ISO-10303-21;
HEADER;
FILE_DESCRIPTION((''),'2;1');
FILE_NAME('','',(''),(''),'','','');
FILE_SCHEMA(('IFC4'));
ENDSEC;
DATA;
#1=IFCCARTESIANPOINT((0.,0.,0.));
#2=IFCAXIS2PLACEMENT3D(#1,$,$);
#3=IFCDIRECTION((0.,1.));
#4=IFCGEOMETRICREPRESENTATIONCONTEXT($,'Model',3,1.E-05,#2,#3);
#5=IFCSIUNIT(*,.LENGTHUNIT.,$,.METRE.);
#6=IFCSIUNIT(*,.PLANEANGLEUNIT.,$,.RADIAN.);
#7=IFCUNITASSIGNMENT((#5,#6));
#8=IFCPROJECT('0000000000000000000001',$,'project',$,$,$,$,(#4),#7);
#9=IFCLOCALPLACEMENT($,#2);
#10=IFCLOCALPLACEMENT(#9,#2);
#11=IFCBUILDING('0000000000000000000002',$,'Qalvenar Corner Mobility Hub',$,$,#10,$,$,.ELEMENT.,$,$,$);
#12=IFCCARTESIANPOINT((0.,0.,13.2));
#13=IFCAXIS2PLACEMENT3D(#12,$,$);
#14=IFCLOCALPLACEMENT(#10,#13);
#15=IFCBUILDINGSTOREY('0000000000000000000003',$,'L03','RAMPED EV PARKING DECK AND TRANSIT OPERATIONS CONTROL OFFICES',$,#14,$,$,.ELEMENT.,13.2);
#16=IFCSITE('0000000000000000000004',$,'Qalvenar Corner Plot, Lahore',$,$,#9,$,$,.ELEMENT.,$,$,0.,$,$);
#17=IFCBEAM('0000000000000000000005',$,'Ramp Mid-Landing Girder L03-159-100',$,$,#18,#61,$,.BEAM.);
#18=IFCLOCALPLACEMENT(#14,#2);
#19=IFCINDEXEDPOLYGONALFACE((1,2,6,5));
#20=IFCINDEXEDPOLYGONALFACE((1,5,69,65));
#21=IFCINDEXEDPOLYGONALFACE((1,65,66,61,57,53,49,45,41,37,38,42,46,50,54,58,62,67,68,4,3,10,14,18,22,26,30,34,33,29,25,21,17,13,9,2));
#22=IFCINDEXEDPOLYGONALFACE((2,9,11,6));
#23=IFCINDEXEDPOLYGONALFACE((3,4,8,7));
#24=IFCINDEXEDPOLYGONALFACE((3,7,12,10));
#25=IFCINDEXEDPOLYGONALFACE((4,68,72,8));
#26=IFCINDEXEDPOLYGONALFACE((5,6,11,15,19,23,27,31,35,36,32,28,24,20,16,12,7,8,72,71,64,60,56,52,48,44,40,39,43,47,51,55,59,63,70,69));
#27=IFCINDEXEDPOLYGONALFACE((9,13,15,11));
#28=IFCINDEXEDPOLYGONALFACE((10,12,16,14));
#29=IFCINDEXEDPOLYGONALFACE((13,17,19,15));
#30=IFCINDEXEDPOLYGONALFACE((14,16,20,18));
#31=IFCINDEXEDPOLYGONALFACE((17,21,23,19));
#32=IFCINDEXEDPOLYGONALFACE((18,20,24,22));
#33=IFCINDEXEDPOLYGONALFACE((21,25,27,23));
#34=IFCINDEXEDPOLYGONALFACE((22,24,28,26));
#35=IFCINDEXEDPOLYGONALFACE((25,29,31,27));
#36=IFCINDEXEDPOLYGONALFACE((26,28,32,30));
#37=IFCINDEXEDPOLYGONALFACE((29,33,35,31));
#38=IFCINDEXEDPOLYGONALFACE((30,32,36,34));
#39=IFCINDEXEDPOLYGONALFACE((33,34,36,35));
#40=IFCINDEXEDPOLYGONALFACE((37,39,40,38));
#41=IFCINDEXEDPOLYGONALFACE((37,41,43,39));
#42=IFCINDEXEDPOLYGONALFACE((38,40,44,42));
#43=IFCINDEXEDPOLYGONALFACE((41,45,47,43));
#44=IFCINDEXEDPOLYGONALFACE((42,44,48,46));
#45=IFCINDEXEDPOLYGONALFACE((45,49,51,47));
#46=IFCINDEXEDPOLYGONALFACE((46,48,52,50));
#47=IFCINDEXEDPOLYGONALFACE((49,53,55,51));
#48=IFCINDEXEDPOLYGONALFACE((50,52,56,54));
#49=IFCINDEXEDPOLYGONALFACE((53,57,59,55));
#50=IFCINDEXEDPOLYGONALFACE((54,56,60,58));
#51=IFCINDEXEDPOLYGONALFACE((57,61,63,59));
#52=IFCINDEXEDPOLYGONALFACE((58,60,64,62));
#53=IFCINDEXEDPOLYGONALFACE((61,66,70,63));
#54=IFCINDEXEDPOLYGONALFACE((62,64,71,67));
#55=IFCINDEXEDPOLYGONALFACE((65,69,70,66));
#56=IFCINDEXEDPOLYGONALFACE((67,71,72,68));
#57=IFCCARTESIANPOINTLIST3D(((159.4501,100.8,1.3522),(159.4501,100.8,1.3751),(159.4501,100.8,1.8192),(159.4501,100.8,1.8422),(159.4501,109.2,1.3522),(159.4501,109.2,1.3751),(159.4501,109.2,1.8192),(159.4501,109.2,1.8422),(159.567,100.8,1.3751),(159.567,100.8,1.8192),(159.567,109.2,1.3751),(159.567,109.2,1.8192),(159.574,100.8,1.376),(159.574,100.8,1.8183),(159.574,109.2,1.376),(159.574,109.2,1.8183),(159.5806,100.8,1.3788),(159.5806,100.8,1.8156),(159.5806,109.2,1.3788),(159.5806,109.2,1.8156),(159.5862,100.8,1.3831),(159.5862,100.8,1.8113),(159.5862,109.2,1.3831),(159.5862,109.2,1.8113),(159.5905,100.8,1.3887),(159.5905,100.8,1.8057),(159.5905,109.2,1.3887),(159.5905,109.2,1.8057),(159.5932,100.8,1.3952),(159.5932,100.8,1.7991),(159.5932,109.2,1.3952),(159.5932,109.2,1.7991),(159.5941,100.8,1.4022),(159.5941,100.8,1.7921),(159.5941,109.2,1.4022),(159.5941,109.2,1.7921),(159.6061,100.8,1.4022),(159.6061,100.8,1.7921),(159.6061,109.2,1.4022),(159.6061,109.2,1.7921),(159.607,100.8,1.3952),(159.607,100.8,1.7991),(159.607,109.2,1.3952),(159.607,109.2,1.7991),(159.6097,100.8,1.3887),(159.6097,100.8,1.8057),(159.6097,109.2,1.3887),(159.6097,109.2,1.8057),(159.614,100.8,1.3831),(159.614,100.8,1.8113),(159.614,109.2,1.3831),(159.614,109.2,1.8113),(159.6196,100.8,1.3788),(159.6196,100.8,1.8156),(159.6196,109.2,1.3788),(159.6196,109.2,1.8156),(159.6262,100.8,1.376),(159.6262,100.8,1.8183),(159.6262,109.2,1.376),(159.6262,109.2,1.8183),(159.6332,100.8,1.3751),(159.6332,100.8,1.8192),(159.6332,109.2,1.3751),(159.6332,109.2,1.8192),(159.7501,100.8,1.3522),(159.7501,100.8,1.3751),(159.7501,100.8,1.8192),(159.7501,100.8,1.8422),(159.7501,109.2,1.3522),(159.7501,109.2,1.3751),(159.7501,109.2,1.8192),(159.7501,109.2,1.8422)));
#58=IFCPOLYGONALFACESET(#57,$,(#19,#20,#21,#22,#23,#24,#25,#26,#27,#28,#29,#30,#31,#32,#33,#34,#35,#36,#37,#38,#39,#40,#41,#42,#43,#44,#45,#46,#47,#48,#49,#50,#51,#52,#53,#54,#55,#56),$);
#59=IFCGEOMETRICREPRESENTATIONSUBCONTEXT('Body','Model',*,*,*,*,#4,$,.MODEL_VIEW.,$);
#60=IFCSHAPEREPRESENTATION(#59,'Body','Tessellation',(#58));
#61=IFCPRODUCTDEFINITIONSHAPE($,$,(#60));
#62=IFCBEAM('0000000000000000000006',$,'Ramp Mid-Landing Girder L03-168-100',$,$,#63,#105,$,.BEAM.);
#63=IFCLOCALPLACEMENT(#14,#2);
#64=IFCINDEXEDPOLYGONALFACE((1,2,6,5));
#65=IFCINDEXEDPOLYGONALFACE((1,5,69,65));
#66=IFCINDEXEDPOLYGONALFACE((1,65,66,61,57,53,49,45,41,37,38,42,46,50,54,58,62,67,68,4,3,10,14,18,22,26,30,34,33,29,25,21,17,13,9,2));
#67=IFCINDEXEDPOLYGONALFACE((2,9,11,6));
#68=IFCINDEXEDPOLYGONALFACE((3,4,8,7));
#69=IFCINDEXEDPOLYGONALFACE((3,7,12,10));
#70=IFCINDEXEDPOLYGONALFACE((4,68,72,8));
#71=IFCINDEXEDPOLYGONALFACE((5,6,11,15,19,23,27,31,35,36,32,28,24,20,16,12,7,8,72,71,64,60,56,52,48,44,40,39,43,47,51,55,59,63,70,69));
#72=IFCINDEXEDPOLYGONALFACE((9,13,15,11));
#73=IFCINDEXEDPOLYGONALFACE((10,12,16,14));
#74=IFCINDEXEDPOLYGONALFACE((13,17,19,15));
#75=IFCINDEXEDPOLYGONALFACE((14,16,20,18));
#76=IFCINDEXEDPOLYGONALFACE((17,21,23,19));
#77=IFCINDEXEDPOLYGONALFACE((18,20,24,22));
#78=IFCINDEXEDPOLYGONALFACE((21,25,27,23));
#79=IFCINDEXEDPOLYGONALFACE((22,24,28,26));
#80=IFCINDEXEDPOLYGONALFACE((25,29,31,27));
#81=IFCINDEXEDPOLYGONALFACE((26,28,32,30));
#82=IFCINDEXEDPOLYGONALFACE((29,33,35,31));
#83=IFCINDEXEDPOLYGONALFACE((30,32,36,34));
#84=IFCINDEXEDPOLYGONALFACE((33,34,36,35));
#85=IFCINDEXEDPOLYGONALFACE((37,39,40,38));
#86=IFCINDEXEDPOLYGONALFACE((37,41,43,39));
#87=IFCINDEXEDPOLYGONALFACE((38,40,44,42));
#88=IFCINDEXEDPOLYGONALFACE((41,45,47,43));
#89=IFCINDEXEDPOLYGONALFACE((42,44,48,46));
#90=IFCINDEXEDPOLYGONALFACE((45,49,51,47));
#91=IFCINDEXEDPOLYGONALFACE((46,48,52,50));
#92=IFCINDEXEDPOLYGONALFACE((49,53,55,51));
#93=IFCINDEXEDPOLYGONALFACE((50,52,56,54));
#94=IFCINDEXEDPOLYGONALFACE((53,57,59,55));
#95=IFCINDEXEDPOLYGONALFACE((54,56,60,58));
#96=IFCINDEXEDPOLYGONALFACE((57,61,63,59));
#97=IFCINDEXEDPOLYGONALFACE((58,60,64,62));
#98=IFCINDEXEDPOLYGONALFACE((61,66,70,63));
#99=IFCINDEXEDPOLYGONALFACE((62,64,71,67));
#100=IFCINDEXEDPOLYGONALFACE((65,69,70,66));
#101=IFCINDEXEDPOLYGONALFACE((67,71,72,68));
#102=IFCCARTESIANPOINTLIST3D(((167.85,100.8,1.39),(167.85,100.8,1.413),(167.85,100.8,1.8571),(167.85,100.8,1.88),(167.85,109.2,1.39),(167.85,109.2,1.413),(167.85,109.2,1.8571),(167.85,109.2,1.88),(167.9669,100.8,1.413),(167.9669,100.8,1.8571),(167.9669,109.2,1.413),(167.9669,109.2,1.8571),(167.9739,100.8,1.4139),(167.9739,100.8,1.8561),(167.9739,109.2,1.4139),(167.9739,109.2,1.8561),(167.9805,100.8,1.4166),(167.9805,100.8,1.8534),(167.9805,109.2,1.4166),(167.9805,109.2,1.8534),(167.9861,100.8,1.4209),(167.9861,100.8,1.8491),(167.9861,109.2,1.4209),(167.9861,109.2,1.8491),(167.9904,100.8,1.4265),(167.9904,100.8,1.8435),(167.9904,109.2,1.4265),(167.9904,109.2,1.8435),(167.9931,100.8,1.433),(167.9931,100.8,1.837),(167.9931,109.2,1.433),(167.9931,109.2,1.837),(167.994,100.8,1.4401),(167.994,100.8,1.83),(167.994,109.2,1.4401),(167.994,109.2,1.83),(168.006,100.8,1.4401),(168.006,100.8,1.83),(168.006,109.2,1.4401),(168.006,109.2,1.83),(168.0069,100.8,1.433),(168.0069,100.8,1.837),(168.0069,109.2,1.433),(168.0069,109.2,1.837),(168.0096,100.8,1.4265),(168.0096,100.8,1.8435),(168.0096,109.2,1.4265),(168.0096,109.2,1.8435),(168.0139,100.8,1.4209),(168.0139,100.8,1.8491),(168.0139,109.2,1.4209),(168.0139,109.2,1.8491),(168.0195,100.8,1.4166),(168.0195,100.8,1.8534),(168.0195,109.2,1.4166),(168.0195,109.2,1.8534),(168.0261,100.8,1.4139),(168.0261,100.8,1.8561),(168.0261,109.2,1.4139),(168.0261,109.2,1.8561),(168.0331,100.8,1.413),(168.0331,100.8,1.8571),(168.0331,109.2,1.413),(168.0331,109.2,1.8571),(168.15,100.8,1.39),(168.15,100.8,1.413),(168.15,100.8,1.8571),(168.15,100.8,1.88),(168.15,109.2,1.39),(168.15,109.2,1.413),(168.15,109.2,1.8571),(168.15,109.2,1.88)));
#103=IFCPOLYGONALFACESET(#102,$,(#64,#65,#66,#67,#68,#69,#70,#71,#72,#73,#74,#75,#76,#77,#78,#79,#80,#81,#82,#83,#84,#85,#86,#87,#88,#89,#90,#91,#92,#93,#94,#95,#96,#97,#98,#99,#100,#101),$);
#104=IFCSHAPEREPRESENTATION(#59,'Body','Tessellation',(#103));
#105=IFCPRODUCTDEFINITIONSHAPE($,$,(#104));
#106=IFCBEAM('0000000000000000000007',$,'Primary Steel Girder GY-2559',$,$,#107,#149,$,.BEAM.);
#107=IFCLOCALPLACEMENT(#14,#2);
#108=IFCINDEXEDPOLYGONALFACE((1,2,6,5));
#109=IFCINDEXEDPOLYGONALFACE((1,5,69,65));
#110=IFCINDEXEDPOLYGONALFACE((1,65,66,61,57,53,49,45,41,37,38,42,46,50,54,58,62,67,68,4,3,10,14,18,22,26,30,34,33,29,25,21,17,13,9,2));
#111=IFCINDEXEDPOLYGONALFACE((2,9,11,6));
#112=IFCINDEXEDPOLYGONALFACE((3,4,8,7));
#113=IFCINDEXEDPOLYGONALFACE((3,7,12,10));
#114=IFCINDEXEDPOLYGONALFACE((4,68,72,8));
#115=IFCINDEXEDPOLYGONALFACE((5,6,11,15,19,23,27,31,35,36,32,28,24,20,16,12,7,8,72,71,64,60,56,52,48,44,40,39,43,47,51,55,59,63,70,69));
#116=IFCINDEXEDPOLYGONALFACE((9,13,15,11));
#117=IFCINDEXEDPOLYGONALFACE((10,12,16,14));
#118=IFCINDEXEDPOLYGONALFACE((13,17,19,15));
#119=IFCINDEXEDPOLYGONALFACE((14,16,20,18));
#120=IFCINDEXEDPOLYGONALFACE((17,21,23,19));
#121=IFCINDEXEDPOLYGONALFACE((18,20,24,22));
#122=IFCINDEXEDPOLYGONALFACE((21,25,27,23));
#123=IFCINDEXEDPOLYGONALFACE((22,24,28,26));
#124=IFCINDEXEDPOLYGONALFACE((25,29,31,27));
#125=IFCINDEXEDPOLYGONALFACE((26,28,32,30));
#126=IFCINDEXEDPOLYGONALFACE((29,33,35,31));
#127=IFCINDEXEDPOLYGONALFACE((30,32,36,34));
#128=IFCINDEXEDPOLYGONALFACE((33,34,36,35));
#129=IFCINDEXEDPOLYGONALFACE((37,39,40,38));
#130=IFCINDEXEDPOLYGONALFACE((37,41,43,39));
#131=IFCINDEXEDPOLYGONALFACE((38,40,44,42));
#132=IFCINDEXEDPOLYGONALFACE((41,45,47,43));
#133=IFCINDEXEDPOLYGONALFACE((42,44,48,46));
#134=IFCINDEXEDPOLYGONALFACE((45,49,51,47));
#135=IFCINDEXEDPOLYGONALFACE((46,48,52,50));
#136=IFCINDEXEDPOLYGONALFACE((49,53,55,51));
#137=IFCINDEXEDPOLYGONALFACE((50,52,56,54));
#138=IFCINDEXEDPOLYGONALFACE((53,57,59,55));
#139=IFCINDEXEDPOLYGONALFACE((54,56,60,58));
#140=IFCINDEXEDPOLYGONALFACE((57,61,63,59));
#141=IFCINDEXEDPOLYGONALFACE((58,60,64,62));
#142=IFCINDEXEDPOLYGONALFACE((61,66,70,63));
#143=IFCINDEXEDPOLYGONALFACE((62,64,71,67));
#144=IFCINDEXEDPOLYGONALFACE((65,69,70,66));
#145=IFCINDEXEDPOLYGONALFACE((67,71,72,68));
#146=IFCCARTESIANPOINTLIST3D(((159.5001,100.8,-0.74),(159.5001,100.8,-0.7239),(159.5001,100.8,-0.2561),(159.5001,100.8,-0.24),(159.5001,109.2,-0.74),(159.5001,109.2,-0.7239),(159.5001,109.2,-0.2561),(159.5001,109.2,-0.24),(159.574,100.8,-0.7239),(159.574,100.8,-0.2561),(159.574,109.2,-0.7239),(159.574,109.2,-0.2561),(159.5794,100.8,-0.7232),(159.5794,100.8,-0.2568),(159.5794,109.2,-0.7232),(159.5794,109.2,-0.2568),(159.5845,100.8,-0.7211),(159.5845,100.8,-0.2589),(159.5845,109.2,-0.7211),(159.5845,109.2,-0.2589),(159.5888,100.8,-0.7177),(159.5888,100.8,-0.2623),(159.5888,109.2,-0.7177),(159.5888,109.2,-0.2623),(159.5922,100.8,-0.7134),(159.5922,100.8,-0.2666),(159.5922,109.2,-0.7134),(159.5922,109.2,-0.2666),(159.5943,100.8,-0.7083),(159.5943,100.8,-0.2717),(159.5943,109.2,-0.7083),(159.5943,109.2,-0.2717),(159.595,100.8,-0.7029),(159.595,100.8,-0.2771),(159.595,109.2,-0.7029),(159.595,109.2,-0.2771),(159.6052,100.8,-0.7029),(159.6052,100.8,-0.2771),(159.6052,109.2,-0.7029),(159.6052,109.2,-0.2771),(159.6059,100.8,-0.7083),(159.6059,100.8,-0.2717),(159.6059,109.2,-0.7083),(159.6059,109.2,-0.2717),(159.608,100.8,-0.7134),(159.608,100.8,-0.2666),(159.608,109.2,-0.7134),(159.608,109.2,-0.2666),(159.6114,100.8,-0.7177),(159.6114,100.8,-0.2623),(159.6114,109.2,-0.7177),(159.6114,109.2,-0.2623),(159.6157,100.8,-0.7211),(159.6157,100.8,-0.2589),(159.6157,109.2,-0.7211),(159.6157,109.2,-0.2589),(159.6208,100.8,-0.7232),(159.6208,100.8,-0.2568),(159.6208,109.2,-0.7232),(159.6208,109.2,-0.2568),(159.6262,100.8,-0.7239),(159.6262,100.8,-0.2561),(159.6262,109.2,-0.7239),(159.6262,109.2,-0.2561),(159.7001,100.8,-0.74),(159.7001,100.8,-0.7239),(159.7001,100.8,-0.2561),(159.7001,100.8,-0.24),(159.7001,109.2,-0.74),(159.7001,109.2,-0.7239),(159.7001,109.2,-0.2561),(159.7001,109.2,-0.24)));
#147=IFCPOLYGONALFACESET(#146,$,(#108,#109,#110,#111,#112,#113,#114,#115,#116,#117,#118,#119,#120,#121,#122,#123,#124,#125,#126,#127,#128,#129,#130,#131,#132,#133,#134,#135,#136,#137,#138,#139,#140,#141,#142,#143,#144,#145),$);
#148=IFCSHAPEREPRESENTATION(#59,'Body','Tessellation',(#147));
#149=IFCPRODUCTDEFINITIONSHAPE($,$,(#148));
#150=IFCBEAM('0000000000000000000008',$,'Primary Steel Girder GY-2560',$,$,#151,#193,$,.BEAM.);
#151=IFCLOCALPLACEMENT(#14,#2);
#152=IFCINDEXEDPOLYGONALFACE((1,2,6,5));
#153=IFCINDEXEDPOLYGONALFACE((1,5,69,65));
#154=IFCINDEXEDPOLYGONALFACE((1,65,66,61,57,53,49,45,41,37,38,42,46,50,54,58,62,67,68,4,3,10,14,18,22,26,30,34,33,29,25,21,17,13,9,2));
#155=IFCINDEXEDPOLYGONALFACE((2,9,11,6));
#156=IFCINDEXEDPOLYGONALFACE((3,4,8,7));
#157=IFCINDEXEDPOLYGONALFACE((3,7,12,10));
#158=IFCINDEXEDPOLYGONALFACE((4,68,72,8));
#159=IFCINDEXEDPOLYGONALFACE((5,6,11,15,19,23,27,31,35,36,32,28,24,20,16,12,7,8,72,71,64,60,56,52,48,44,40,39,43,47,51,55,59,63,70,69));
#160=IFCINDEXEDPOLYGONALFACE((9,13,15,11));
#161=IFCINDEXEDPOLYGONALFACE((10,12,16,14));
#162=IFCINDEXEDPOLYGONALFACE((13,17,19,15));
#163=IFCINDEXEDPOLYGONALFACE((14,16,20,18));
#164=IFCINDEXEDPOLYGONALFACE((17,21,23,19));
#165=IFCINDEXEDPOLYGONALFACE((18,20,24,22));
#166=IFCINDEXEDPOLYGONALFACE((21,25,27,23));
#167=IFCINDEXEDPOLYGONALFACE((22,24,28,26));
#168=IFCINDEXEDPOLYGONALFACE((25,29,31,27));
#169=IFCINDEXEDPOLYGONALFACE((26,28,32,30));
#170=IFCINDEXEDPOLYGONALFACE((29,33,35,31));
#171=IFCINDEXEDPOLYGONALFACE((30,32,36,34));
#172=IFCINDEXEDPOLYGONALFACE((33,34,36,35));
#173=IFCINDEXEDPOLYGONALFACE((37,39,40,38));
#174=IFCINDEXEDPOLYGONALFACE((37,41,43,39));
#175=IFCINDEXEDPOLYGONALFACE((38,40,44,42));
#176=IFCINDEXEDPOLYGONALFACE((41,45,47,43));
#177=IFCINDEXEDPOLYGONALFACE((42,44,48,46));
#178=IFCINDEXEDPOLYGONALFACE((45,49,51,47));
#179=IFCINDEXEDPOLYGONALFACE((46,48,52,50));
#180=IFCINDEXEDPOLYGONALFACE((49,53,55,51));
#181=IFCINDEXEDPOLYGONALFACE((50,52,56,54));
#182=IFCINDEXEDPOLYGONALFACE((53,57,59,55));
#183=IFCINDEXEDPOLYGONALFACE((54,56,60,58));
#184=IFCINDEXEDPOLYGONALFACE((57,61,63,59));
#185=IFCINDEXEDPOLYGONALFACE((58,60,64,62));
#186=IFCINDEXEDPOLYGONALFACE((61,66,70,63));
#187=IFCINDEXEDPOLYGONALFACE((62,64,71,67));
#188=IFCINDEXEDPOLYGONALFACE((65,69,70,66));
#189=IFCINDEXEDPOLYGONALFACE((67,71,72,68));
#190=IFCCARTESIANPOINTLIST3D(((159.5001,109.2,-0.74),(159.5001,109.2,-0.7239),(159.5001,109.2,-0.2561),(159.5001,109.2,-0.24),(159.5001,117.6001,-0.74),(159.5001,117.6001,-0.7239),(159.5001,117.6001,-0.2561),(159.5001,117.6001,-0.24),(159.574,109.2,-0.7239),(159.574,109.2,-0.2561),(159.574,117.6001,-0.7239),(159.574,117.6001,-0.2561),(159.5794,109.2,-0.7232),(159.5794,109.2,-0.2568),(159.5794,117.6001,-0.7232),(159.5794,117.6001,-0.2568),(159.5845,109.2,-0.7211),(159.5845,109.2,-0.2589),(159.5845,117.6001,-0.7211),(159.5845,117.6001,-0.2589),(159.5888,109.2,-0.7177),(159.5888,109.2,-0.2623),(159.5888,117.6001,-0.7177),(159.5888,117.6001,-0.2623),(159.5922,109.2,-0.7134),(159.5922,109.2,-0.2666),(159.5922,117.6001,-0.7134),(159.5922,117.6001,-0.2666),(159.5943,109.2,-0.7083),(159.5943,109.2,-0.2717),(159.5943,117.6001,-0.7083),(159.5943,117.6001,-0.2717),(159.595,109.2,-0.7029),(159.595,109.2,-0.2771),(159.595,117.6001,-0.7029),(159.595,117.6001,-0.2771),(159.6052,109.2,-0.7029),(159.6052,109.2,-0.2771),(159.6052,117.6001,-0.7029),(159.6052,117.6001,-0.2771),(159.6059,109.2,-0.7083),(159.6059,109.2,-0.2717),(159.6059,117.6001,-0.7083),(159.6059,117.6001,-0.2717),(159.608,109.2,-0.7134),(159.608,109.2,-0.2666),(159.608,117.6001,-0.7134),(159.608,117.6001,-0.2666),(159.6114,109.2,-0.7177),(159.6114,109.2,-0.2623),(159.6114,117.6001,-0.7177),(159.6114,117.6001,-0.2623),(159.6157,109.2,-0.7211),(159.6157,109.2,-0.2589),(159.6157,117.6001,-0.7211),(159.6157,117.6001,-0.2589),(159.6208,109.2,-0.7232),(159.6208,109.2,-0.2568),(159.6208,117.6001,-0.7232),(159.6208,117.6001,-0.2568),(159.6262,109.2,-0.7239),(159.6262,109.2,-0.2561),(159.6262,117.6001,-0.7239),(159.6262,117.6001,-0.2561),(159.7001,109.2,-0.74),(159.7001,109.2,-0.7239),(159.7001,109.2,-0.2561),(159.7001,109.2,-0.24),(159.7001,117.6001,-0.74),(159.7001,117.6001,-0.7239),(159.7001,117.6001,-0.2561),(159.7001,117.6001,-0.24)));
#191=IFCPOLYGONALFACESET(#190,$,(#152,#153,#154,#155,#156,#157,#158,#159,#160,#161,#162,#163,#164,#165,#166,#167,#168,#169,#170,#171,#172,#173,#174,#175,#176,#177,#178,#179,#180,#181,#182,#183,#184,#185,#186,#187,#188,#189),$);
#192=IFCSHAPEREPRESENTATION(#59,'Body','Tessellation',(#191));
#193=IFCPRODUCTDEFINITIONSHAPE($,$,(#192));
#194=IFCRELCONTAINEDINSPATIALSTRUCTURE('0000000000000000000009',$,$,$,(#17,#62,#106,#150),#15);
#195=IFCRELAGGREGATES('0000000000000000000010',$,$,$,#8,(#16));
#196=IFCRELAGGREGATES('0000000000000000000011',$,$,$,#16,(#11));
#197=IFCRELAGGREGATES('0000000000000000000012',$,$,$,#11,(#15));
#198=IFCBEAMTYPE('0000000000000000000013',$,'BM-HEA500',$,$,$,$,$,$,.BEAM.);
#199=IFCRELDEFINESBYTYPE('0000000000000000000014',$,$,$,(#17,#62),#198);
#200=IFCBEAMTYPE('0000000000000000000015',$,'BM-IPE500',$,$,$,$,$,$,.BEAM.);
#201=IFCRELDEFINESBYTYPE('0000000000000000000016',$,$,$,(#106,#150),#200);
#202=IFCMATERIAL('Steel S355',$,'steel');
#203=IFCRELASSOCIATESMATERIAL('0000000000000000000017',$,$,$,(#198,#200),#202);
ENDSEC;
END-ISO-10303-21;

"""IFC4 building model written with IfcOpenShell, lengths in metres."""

from ifc_helpers import new_model, si_unit, direction, frame, origin, origin_2d, place, context, subcontext, project, spatial, i_section, extrude, material, material_profile, profile_set, type_object, element, save


model = new_model("IFC4")

# Units and contexts
model_context = context("Model", 3, precision=1e-05, world=origin(), true_north=direction((0.0, 1.0)))
body_context = subcontext(model_context, "Body", "Model", "MODEL_VIEW")
ifc_project = project(units=[si_unit("LENGTHUNIT", "METRE"), si_unit("PLANEANGLEUNIT", "RADIAN")], contexts=[model_context])

# Site, building, storey
site_placement = place(None, origin())
site = spatial("IfcSite", under=ifc_project, at=site_placement, Name="Qalvenar Corner Plot, Lahore", CompositionType="ELEMENT", RefElevation=0.0)
building_placement = place(site_placement, origin())
building = spatial("IfcBuilding", under=site, at=building_placement, Name="Qalvenar Corner Mobility Hub", CompositionType="ELEMENT")
storey_placement = place(building_placement, frame((0.0, 0.0, 13.2)))
storey = spatial("IfcBuildingStorey", under=building, at=storey_placement, Name="L03", Description="RAMPED EV PARKING DECK AND TRANSIT OPERATIONS CONTROL OFFICES", CompositionType="ELEMENT", Elevation=13.2)

# Shared definitions
ifc_material_1 = material(Name="Steel S355", Category="steel")

# Beams
ifc_material_profile_1 = material_profile(ifc_material_1, i_section(OverallWidth=0.3, OverallDepth=0.49, WebThickness=0.012, FlangeThickness=0.0229, FilletRadius=0.0271, at=origin_2d()), Name="HEA500")
ifc_profile_set_1 = profile_set([ifc_material_profile_1], Name="Steel S355")
beam_type_1 = type_object("IfcBeamType", Name="BM-HEA500", PredefinedType="BEAM", material=ifc_profile_set_1)
for number, where, z_axis, x_axis, name in (
    (1, (159.6001, 100.8, 1.5972), (0.0, 1.0, 0.0), (-1.0, 0.0, 0.0), "Ramp Mid-Landing Girder L03-159-100"),
    (2, (168.0, 100.8, 1.635), (0.0, 1.0, 0.0), (-1.0, 0.0, 0.0), "Ramp Mid-Landing Girder L03-168-100"),
):
    element("IfcBeam", number, at=place(storey_placement, frame(where, z_axis=z_axis, x_axis=x_axis)), inside=storey, type_object=beam_type_1, Name=name, PredefinedType="BEAM", context=body_context, shape_type="SweptSolid", body=[
        extrude(i_section(OverallWidth=0.3, OverallDepth=0.49, WebThickness=0.012, FlangeThickness=0.0229, FilletRadius=0.0271, at=origin_2d()), origin(), (0.0, 0.0, 1.0), 8.3999),
    ])
ifc_material_profile_2 = material_profile(ifc_material_1, i_section(OverallWidth=0.2, OverallDepth=0.5, WebThickness=0.0103, FlangeThickness=0.0161, FilletRadius=0.021, at=origin_2d()), Name="IPE500")
ifc_profile_set_2 = profile_set([ifc_material_profile_2], Name="Steel S355")
beam_type_2 = type_object("IfcBeamType", Name="BM-IPE500", PredefinedType="BEAM", material=ifc_profile_set_2)
beam_1_placement = place(storey_placement, frame((159.6001, 100.8, -0.49), z_axis=(0.0, 1.0, 0.0), x_axis=(-1.0, 0.0, 0.0)))
element("IfcBeam", 3, at=beam_1_placement, inside=storey, type_object=beam_type_2, Name="Primary Steel Girder GY-2559", PredefinedType="BEAM", context=body_context, shape_type="SweptSolid", body=[
    extrude(i_section(OverallWidth=0.2, OverallDepth=0.5, WebThickness=0.0103, FlangeThickness=0.0161, FilletRadius=0.021, at=origin_2d()), origin(), (0.0, 0.0, 1.0), 8.3999),
])
beam_2_placement = place(storey_placement, frame((159.6001, 109.2, -0.49), z_axis=(0.0, 1.0, 0.0), x_axis=(-1.0, 0.0, 0.0)))
element("IfcBeam", 4, at=beam_2_placement, inside=storey, type_object=beam_type_2, Name="Primary Steel Girder GY-2560", PredefinedType="BEAM", context=body_context, shape_type="SweptSolid", body=[
    extrude(i_section(OverallWidth=0.2, OverallDepth=0.5, WebThickness=0.0103, FlangeThickness=0.0161, FilletRadius=0.021, at=origin_2d()), origin(), (0.0, 0.0, 1.0), 8.4001),
])

save(model, "model.ifc")
